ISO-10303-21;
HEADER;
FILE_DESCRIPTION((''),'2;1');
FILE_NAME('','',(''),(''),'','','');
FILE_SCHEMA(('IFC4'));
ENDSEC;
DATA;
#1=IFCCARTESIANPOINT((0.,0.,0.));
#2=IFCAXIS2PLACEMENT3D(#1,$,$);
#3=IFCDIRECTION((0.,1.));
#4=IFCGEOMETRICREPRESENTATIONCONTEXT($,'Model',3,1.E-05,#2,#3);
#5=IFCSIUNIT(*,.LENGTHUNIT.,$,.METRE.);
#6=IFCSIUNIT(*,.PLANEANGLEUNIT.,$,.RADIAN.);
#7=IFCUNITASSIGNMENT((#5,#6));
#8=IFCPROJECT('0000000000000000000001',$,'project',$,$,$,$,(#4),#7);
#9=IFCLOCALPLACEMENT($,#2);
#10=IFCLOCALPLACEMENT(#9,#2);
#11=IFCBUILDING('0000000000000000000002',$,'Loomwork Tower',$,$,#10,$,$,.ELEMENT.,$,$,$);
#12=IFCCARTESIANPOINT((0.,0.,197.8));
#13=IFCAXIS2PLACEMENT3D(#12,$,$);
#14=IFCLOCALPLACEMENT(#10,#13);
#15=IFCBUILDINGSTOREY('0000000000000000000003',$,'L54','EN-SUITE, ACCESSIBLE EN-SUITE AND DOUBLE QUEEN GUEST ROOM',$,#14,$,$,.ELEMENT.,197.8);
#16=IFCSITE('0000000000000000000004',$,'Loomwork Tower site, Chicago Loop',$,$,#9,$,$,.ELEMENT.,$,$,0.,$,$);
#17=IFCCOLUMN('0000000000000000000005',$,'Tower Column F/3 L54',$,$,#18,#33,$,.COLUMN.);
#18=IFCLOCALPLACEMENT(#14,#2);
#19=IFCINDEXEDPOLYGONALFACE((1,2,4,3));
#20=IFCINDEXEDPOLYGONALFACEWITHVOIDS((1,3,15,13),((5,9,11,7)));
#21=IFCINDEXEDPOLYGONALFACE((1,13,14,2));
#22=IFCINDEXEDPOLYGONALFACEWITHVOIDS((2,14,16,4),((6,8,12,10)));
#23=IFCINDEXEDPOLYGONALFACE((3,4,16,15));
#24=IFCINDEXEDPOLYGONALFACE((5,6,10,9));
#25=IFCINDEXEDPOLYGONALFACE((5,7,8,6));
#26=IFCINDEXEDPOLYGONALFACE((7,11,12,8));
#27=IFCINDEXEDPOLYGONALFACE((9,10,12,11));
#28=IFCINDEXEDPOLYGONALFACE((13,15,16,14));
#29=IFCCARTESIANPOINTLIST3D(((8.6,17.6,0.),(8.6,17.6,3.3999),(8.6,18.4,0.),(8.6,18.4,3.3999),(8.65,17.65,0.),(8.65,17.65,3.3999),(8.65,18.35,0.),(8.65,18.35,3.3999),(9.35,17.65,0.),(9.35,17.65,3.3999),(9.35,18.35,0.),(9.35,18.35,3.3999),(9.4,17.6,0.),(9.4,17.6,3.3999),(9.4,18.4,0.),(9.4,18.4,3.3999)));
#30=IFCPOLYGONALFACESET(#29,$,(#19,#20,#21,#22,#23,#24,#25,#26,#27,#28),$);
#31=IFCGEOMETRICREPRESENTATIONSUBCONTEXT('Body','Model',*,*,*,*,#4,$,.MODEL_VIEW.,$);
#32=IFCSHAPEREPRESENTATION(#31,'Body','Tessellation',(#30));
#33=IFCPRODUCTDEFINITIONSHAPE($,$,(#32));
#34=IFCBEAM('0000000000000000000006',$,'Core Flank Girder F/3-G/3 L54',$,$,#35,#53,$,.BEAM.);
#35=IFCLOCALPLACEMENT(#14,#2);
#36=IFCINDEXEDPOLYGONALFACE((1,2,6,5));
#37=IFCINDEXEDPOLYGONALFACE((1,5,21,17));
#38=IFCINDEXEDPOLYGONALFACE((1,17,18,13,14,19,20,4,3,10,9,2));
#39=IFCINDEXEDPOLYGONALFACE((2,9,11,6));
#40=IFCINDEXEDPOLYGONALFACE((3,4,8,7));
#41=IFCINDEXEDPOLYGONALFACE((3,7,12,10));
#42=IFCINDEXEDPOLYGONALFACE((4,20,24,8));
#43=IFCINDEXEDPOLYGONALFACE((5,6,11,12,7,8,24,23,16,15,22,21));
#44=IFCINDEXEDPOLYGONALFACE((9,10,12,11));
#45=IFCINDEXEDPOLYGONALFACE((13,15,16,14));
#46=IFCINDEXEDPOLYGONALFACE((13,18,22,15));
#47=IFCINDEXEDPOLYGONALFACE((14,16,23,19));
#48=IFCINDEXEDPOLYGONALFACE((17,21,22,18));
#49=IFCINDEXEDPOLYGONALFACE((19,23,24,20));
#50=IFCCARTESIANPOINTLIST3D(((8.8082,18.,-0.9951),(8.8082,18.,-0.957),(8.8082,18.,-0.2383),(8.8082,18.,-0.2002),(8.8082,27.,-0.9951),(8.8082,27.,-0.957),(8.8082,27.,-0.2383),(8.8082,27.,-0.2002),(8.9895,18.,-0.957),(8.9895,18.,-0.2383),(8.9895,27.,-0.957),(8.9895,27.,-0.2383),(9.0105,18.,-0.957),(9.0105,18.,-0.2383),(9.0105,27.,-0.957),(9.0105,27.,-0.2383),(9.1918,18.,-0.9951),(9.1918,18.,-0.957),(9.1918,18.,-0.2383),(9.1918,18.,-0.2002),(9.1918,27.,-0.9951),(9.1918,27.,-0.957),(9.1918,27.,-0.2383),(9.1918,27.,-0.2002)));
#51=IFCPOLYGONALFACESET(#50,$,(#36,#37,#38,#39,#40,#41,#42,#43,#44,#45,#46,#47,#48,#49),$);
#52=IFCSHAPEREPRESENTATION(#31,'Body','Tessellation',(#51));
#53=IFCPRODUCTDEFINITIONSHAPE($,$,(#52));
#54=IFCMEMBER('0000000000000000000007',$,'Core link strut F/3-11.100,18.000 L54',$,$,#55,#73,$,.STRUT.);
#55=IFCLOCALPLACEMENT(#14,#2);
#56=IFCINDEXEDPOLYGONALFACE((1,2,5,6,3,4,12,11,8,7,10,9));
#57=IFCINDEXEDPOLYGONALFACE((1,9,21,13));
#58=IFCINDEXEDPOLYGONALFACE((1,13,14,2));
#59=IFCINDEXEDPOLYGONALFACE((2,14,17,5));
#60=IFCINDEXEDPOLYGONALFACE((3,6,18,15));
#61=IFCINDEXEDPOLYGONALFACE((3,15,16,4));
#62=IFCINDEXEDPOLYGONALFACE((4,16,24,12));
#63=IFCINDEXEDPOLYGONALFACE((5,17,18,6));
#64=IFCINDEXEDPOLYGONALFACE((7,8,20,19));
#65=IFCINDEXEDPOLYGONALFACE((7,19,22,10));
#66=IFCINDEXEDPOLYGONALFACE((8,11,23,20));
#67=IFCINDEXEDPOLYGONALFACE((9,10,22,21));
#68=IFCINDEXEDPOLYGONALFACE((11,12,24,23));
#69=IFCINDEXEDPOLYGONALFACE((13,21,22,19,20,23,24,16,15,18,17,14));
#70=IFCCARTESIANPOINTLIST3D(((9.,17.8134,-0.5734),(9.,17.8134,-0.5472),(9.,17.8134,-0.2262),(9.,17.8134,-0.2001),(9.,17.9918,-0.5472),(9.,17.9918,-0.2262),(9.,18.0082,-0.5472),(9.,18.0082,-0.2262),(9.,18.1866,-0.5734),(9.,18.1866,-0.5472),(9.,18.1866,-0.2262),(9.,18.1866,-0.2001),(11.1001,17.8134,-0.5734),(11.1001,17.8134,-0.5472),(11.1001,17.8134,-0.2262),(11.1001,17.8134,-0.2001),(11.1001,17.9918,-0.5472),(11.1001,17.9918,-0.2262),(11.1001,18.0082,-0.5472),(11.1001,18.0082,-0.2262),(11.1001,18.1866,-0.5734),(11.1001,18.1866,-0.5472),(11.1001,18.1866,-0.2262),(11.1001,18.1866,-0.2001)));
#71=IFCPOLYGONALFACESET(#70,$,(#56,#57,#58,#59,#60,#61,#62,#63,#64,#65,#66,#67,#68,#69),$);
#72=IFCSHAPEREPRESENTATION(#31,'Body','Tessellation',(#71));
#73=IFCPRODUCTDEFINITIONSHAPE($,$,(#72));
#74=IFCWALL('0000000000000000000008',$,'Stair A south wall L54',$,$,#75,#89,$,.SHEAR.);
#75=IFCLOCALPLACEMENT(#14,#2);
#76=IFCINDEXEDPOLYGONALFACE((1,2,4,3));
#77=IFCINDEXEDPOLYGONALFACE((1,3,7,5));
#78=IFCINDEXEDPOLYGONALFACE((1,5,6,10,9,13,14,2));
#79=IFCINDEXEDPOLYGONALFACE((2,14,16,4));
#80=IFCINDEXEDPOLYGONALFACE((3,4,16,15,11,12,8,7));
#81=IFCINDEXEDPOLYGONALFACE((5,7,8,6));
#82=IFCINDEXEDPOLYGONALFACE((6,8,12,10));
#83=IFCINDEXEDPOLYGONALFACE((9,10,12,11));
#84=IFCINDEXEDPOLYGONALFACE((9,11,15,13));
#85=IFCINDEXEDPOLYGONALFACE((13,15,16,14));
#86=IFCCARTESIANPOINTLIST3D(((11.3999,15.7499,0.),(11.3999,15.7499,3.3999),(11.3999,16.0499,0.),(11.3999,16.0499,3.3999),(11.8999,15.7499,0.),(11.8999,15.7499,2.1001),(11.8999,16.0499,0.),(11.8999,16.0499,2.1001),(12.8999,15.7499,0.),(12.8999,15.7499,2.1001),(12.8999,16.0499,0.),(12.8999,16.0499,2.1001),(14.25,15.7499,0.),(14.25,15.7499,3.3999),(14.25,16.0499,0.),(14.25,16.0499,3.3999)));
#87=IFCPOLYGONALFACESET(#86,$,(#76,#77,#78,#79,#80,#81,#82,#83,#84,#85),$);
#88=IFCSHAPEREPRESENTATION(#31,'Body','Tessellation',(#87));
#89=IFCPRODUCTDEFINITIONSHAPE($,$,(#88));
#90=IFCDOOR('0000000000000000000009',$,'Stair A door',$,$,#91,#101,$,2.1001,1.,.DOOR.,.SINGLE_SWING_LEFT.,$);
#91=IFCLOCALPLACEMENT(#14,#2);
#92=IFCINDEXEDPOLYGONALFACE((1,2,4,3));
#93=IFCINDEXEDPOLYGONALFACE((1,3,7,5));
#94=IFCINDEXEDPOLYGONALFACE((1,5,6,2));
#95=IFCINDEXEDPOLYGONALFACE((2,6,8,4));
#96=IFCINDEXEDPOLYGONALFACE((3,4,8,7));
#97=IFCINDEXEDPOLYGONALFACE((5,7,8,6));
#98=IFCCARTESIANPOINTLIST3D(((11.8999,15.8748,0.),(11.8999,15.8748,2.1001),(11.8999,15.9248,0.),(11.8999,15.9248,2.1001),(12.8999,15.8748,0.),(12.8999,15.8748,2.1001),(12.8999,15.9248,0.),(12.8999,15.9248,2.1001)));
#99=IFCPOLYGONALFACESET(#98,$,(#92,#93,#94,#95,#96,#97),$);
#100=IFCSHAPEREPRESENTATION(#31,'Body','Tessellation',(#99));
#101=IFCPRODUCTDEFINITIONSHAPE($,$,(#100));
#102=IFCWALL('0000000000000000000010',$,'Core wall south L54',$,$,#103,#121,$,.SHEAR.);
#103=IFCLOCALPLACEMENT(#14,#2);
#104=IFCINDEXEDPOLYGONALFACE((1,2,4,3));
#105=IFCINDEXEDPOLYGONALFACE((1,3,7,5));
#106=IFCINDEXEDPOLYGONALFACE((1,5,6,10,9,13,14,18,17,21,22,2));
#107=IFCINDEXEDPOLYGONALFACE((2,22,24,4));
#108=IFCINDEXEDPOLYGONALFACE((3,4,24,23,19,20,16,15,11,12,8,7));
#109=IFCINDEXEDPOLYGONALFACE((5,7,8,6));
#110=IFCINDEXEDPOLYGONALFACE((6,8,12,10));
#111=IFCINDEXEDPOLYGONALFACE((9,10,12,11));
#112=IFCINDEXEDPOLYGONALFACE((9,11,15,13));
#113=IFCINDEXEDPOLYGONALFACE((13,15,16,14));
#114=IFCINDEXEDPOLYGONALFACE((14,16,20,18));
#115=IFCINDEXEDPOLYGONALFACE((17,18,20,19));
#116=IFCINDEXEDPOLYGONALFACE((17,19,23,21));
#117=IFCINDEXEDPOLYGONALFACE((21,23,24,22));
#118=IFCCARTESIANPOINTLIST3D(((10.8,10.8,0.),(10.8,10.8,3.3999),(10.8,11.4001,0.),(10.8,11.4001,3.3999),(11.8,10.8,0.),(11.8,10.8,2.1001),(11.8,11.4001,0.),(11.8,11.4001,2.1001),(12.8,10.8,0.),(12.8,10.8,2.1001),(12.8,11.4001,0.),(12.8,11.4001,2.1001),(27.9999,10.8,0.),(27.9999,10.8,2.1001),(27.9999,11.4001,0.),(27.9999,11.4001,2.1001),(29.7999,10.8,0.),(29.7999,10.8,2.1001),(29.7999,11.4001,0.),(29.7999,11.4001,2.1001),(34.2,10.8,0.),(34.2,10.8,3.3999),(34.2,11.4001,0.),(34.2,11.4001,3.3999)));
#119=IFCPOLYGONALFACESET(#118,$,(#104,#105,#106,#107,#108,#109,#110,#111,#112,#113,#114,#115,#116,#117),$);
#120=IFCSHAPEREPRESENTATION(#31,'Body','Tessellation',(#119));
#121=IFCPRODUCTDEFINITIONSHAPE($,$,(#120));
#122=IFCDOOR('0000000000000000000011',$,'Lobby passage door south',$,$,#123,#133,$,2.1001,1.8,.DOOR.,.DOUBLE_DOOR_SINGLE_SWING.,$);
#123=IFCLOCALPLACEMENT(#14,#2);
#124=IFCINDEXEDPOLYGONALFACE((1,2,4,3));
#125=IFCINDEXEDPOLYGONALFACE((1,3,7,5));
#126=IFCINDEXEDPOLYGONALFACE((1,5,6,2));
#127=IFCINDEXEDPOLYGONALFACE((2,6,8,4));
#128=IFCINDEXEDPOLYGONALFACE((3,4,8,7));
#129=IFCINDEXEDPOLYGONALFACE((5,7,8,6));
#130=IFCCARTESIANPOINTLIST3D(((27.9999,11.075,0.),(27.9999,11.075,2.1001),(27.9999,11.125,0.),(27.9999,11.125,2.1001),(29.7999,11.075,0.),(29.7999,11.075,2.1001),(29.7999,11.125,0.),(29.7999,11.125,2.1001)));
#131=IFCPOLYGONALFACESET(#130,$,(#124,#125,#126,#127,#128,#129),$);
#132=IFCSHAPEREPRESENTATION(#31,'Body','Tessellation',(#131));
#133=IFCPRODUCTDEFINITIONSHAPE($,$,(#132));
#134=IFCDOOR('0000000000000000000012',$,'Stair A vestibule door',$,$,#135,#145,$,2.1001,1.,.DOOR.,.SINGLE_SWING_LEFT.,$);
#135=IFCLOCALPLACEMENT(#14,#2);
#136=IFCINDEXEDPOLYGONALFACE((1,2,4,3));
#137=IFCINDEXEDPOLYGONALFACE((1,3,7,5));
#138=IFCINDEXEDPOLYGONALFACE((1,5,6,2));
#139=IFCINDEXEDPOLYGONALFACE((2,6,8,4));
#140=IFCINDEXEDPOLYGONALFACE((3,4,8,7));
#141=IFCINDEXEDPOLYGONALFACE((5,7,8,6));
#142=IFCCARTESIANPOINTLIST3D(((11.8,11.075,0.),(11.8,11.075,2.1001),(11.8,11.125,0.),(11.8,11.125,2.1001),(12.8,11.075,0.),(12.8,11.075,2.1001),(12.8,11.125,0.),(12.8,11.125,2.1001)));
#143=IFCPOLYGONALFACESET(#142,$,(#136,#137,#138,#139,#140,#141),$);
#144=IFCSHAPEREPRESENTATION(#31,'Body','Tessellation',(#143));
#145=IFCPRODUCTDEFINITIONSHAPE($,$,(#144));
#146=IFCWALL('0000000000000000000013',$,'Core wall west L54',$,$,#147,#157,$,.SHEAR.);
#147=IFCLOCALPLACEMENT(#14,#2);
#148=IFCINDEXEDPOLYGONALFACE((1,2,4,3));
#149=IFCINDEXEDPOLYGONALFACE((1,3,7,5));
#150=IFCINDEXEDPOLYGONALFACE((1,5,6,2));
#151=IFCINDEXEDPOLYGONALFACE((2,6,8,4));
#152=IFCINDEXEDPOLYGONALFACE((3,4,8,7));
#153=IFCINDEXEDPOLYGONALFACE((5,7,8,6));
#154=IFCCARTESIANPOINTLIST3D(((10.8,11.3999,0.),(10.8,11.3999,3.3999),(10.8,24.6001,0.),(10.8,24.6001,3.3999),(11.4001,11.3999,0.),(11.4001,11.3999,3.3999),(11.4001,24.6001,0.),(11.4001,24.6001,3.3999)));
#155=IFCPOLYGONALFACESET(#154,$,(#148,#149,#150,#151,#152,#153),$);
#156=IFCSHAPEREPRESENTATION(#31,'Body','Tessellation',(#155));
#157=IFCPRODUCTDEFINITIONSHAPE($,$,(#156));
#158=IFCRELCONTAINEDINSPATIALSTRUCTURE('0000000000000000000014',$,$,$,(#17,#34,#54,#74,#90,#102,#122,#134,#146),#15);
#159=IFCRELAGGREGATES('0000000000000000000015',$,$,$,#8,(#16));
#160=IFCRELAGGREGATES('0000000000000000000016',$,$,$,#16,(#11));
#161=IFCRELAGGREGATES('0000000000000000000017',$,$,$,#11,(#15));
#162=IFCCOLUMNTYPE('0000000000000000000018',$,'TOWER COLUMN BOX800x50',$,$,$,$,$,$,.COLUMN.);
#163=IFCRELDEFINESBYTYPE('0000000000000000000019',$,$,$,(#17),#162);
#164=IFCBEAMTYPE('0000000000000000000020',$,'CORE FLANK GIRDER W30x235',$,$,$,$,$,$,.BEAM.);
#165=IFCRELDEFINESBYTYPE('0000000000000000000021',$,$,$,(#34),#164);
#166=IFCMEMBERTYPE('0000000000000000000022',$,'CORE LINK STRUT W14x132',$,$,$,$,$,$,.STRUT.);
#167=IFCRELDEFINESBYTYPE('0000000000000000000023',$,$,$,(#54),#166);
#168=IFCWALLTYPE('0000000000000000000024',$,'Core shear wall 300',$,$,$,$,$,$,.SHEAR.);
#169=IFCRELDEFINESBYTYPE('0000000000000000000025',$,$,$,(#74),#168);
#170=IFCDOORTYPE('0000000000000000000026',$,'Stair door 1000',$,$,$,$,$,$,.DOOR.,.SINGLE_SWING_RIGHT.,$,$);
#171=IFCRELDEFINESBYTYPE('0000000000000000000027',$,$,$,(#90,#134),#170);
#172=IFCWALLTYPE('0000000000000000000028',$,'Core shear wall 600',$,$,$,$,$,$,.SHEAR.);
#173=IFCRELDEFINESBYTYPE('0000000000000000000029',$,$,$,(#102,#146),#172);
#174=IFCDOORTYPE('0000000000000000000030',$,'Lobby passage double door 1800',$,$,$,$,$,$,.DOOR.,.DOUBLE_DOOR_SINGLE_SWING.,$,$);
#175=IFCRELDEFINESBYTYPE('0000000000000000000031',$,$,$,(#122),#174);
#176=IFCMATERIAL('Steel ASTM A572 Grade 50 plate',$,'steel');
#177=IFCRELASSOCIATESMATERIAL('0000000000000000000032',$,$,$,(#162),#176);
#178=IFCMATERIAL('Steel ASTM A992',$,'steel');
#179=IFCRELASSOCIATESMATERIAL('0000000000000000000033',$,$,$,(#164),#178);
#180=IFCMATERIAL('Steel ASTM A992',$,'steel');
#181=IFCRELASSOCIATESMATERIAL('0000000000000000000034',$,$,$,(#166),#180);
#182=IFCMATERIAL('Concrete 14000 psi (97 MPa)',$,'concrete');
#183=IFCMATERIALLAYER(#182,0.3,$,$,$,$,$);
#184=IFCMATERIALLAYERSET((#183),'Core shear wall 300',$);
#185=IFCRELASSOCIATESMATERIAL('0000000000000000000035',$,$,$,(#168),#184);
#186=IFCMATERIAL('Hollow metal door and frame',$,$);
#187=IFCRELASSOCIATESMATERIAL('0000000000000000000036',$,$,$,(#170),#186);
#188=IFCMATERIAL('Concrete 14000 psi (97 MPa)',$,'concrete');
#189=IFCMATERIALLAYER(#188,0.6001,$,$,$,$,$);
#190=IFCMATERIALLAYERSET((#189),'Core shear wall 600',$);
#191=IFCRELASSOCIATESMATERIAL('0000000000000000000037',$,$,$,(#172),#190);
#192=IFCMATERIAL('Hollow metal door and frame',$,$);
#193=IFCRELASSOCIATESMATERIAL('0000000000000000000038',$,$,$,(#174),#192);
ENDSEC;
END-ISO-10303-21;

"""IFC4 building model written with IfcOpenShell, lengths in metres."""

from ifc_helpers import new_model, si_unit, direction, frame, frame_2d, origin, origin_2d, place, context, subcontext, project, spatial, rectangle, hollow_rectangle, i_section, extrude, material, layer, layer_set, material_profile, profile_set, type_object, element, fill, save


model = new_model("IFC4")

# Units and contexts
model_context = context("Model", 3, precision=1e-05, world=origin(), true_north=direction((0.0, 1.0)))
body_context = subcontext(model_context, "Body", "Model", "MODEL_VIEW")
ifc_project = project(units=[si_unit("LENGTHUNIT", "METRE"), si_unit("PLANEANGLEUNIT", "RADIAN")], contexts=[model_context])

# Site, building, storey
site_placement = place(None, origin())
site = spatial("IfcSite", under=ifc_project, at=site_placement, Name="Loomwork Tower site, Chicago Loop", CompositionType="ELEMENT", RefElevation=0.0)
building_placement = place(site_placement, origin())
building = spatial("IfcBuilding", under=site, at=building_placement, Name="Loomwork Tower", CompositionType="ELEMENT")
storey_placement = place(building_placement, frame((0.0, 0.0, 197.8)))
storey = spatial("IfcBuildingStorey", under=building, at=storey_placement, Name="L54", Description="EN-SUITE, ACCESSIBLE EN-SUITE AND DOUBLE QUEEN GUEST ROOM", CompositionType="ELEMENT", Elevation=197.8)

# Column
ifc_material_1 = material(Name="Steel ASTM A572 Grade 50 plate", Category="steel")
ifc_material_profile_1 = material_profile(ifc_material_1, hollow_rectangle(XDim=0.8, YDim=0.8, WallThickness=0.05, at=origin_2d()), Name="BOX800x50")
ifc_profile_set_1 = profile_set([ifc_material_profile_1], Name="Steel ASTM A572 Grade 50 plate")
column_type = type_object("IfcColumnType", Name="TOWER COLUMN BOX800x50", PredefinedType="COLUMN", material=ifc_profile_set_1)
column_placement = place(storey_placement, frame((9.0, 18.0, 0.0), z_axis=(0.0, 0.0, 1.0), x_axis=(1.0, 0.0, 0.0)))
element("IfcColumn", 1, at=column_placement, inside=storey, type_object=column_type, Name="Tower Column F/3 L54", PredefinedType="COLUMN", context=body_context, shape_type="SweptSolid", body=[
    extrude(hollow_rectangle(XDim=0.8, YDim=0.8, WallThickness=0.05, at=origin_2d()), origin(), (0.0, 0.0, 1.0), 3.3999),
])

# Beam
ifc_material_2 = material(Name="Steel ASTM A992", Category="steel")
ifc_material_profile_2 = material_profile(ifc_material_2, i_section(OverallWidth=0.3835, OverallDepth=0.7949, WebThickness=0.021, FlangeThickness=0.0381, at=origin_2d()), Name="W30x235")
ifc_profile_set_2 = profile_set([ifc_material_profile_2], Name="Steel ASTM A992")
beam_type = type_object("IfcBeamType", Name="CORE FLANK GIRDER W30x235", PredefinedType="BEAM", material=ifc_profile_set_2)
beam_placement = place(storey_placement, frame((9.0, 18.0, -0.5977), z_axis=(0.0, 1.0, 0.0), x_axis=(-1.0, 0.0, 0.0)))
element("IfcBeam", 2, at=beam_placement, inside=storey, type_object=beam_type, Name="Core Flank Girder F/3-G/3 L54", PredefinedType="BEAM", context=body_context, shape_type="SweptSolid", body=[
    extrude(i_section(OverallWidth=0.3835, OverallDepth=0.7949, WebThickness=0.021, FlangeThickness=0.0381, at=origin_2d()), origin(), (0.0, 0.0, 1.0), 9.0),
])

# Member
ifc_material_3 = material(Name="Steel ASTM A992", Category="steel")
ifc_material_profile_3 = material_profile(ifc_material_3, i_section(OverallWidth=0.3733, OverallDepth=0.3733, WebThickness=0.0164, FlangeThickness=0.0261, at=origin_2d()), Name="W14x132")
ifc_profile_set_3 = profile_set([ifc_material_profile_3], Name="Steel ASTM A992")
member_type = type_object("IfcMemberType", Name="CORE LINK STRUT W14x132", PredefinedType="STRUT", material=ifc_profile_set_3)
member_placement = place(storey_placement, frame((9.0, 18.0, -0.3867), z_axis=(1.0, 0.0, 0.0), x_axis=(0.0, 1.0, 0.0)))
element("IfcMember", 3, at=member_placement, inside=storey, type_object=member_type, Name="Core link strut F/3-11.100,18.000 L54", PredefinedType="STRUT", context=body_context, shape_type="SweptSolid", body=[
    extrude(i_section(OverallWidth=0.3733, OverallDepth=0.3733, WebThickness=0.0164, FlangeThickness=0.0261, at=origin_2d()), origin(), (0.0, 0.0, 1.0), 2.1001),
])

# Wall, opening, door
ifc_material_4 = material(Name="Concrete 14000 psi (97 MPa)", Category="concrete")
ifc_layer_1 = layer(ifc_material_4, 0.3)
ifc_layer_set_1 = layer_set([ifc_layer_1], Name="Core shear wall 300")
wall_type_1 = type_object("IfcWallType", Name="Core shear wall 300", PredefinedType="SHEAR", material=ifc_layer_set_1)
wall_1_placement = place(storey_placement, frame((11.3999, 15.8999, 0.0), z_axis=(0.0, 0.0, 1.0), x_axis=(1.0, 0.0, 0.0)))
wall_1 = element("IfcWall", 4, at=wall_1_placement, inside=storey, type_object=wall_type_1, Name="Stair A south wall L54", PredefinedType="SHEAR", context=body_context, shape_type="SweptSolid", body=[
    extrude(rectangle(XDim=2.8501, YDim=0.3, at=frame_2d((1.425, 0.0))), origin(), (0.0, 0.0, 1.0), 3.3999),
])
opening_1_placement = place(wall_1_placement, frame((0.5, 0.0, 0.0)))
opening_1 = element("IfcOpeningElement", 5, at=opening_1_placement, cuts=wall_1, PredefinedType="OPENING", context=body_context, shape_type="SweptSolid", body=[
    extrude(rectangle(XDim=1.0, YDim=2.1001, at=frame_2d((0.5, 1.05))), frame((0.0, 0.1599, 0.0), z_axis=(0.0, -1.0, 0.0), x_axis=(1.0, 0.0, 0.0)), (0.0, 0.0, 1.0), 0.3201),
])
ifc_material_5 = material(Name="Hollow metal door and frame")
door_type_1 = type_object("IfcDoorType", Name="Stair door 1000", OperationType="SINGLE_SWING_RIGHT", PredefinedType="DOOR", material=ifc_material_5)
door_1_placement = place(opening_1_placement, origin())
door_1 = element("IfcDoor", 6, at=door_1_placement, inside=storey, type_object=door_type_1, Name="Stair A door", OperationType="SINGLE_SWING_LEFT", OverallHeight=2.1001, OverallWidth=1.0, PredefinedType="DOOR", context=body_context, shape_type="SweptSolid", body=[
    extrude(rectangle(XDim=1.0, YDim=2.1001, at=frame_2d((0.5, 1.05))), frame((0.0, 0.0249, 0.0), z_axis=(0.0, -1.0, 0.0), x_axis=(1.0, 0.0, 0.0)), (0.0, 0.0, 1.0), 0.05),
])
fill(opening_1, door_1)

# Wall, openings, doors
ifc_material_6 = material(Name="Concrete 14000 psi (97 MPa)", Category="concrete")
ifc_layer_2 = layer(ifc_material_6, 0.6001)
ifc_layer_set_2 = layer_set([ifc_layer_2], Name="Core shear wall 600")
wall_type_2 = type_object("IfcWallType", Name="Core shear wall 600", PredefinedType="SHEAR", material=ifc_layer_set_2)
wall_2_placement = place(storey_placement, frame((10.8, 11.1001, 0.0), z_axis=(0.0, 0.0, 1.0), x_axis=(1.0, 0.0, 0.0)))
wall_2 = element("IfcWall", 7, at=wall_2_placement, inside=storey, type_object=wall_type_2, Name="Core wall south L54", PredefinedType="SHEAR", context=body_context, shape_type="SweptSolid", body=[
    extrude(rectangle(XDim=23.3999, YDim=0.6001, at=frame_2d((11.7, 0.0))), origin(), (0.0, 0.0, 1.0), 3.3999),
])
opening_2_placement = place(wall_2_placement, frame((1.0, 0.0, 0.0)))
opening_2 = element("IfcOpeningElement", 8, at=opening_2_placement, cuts=wall_2, PredefinedType="OPENING", context=body_context, shape_type="SweptSolid", body=[
    extrude(rectangle(XDim=1.0, YDim=2.1001, at=frame_2d((0.5, 1.05))), frame((0.0, 0.3101, 0.0), z_axis=(0.0, -1.0, 0.0), x_axis=(1.0, 0.0, 0.0)), (0.0, 0.0, 1.0), 0.6201),
])
opening_3_placement = place(wall_2_placement, frame((17.2, 0.0, 0.0)))
opening_3 = element("IfcOpeningElement", 9, at=opening_3_placement, cuts=wall_2, PredefinedType="OPENING", context=body_context, shape_type="SweptSolid", body=[
    extrude(rectangle(XDim=1.8, YDim=2.1001, at=frame_2d((0.8999, 1.05))), frame((0.0, 0.3101, 0.0), z_axis=(0.0, -1.0, 0.0), x_axis=(1.0, 0.0, 0.0)), (0.0, 0.0, 1.0), 0.6201),
])
ifc_material_7 = material(Name="Hollow metal door and frame")
door_type_2 = type_object("IfcDoorType", Name="Lobby passage double door 1800", OperationType="DOUBLE_DOOR_SINGLE_SWING", PredefinedType="DOOR", material=ifc_material_7)
door_2_placement = place(opening_3_placement, origin())
door_2 = element("IfcDoor", 10, at=door_2_placement, inside=storey, type_object=door_type_2, Name="Lobby passage door south", OperationType="DOUBLE_DOOR_SINGLE_SWING", OverallHeight=2.1001, OverallWidth=1.8, PredefinedType="DOOR", context=body_context, shape_type="SweptSolid", body=[
    extrude(rectangle(XDim=1.8, YDim=2.1001, at=frame_2d((0.8999, 1.05))), frame((0.0, 0.0249, 0.0), z_axis=(0.0, -1.0, 0.0), x_axis=(1.0, 0.0, 0.0)), (0.0, 0.0, 1.0), 0.05),
])
fill(opening_3, door_2)
door_3_placement = place(opening_2_placement, origin())
door_3 = element("IfcDoor", 11, at=door_3_placement, inside=storey, type_object=door_type_1, Name="Stair A vestibule door", OperationType="SINGLE_SWING_LEFT", OverallHeight=2.1001, OverallWidth=1.0, PredefinedType="DOOR", context=body_context, shape_type="SweptSolid", body=[
    extrude(rectangle(XDim=1.0, YDim=2.1001, at=frame_2d((0.5, 1.05))), frame((0.0, 0.0249, 0.0), z_axis=(0.0, -1.0, 0.0), x_axis=(1.0, 0.0, 0.0)), (0.0, 0.0, 1.0), 0.05),
])
fill(opening_2, door_3)

# Wall
wall_3_placement = place(storey_placement, frame((11.1001, 11.3999, 0.0), z_axis=(0.0, 0.0, 1.0), x_axis=(0.0, 1.0, 0.0)))
element("IfcWall", 12, at=wall_3_placement, inside=storey, type_object=wall_type_2, Name="Core wall west L54", PredefinedType="SHEAR", context=body_context, shape_type="SweptSolid", body=[
    extrude(rectangle(XDim=13.2002, YDim=0.6001, at=frame_2d((6.6001, 0.0))), origin(), (0.0, 0.0, 1.0), 3.3999),
])

save(model, "model.ifc")
